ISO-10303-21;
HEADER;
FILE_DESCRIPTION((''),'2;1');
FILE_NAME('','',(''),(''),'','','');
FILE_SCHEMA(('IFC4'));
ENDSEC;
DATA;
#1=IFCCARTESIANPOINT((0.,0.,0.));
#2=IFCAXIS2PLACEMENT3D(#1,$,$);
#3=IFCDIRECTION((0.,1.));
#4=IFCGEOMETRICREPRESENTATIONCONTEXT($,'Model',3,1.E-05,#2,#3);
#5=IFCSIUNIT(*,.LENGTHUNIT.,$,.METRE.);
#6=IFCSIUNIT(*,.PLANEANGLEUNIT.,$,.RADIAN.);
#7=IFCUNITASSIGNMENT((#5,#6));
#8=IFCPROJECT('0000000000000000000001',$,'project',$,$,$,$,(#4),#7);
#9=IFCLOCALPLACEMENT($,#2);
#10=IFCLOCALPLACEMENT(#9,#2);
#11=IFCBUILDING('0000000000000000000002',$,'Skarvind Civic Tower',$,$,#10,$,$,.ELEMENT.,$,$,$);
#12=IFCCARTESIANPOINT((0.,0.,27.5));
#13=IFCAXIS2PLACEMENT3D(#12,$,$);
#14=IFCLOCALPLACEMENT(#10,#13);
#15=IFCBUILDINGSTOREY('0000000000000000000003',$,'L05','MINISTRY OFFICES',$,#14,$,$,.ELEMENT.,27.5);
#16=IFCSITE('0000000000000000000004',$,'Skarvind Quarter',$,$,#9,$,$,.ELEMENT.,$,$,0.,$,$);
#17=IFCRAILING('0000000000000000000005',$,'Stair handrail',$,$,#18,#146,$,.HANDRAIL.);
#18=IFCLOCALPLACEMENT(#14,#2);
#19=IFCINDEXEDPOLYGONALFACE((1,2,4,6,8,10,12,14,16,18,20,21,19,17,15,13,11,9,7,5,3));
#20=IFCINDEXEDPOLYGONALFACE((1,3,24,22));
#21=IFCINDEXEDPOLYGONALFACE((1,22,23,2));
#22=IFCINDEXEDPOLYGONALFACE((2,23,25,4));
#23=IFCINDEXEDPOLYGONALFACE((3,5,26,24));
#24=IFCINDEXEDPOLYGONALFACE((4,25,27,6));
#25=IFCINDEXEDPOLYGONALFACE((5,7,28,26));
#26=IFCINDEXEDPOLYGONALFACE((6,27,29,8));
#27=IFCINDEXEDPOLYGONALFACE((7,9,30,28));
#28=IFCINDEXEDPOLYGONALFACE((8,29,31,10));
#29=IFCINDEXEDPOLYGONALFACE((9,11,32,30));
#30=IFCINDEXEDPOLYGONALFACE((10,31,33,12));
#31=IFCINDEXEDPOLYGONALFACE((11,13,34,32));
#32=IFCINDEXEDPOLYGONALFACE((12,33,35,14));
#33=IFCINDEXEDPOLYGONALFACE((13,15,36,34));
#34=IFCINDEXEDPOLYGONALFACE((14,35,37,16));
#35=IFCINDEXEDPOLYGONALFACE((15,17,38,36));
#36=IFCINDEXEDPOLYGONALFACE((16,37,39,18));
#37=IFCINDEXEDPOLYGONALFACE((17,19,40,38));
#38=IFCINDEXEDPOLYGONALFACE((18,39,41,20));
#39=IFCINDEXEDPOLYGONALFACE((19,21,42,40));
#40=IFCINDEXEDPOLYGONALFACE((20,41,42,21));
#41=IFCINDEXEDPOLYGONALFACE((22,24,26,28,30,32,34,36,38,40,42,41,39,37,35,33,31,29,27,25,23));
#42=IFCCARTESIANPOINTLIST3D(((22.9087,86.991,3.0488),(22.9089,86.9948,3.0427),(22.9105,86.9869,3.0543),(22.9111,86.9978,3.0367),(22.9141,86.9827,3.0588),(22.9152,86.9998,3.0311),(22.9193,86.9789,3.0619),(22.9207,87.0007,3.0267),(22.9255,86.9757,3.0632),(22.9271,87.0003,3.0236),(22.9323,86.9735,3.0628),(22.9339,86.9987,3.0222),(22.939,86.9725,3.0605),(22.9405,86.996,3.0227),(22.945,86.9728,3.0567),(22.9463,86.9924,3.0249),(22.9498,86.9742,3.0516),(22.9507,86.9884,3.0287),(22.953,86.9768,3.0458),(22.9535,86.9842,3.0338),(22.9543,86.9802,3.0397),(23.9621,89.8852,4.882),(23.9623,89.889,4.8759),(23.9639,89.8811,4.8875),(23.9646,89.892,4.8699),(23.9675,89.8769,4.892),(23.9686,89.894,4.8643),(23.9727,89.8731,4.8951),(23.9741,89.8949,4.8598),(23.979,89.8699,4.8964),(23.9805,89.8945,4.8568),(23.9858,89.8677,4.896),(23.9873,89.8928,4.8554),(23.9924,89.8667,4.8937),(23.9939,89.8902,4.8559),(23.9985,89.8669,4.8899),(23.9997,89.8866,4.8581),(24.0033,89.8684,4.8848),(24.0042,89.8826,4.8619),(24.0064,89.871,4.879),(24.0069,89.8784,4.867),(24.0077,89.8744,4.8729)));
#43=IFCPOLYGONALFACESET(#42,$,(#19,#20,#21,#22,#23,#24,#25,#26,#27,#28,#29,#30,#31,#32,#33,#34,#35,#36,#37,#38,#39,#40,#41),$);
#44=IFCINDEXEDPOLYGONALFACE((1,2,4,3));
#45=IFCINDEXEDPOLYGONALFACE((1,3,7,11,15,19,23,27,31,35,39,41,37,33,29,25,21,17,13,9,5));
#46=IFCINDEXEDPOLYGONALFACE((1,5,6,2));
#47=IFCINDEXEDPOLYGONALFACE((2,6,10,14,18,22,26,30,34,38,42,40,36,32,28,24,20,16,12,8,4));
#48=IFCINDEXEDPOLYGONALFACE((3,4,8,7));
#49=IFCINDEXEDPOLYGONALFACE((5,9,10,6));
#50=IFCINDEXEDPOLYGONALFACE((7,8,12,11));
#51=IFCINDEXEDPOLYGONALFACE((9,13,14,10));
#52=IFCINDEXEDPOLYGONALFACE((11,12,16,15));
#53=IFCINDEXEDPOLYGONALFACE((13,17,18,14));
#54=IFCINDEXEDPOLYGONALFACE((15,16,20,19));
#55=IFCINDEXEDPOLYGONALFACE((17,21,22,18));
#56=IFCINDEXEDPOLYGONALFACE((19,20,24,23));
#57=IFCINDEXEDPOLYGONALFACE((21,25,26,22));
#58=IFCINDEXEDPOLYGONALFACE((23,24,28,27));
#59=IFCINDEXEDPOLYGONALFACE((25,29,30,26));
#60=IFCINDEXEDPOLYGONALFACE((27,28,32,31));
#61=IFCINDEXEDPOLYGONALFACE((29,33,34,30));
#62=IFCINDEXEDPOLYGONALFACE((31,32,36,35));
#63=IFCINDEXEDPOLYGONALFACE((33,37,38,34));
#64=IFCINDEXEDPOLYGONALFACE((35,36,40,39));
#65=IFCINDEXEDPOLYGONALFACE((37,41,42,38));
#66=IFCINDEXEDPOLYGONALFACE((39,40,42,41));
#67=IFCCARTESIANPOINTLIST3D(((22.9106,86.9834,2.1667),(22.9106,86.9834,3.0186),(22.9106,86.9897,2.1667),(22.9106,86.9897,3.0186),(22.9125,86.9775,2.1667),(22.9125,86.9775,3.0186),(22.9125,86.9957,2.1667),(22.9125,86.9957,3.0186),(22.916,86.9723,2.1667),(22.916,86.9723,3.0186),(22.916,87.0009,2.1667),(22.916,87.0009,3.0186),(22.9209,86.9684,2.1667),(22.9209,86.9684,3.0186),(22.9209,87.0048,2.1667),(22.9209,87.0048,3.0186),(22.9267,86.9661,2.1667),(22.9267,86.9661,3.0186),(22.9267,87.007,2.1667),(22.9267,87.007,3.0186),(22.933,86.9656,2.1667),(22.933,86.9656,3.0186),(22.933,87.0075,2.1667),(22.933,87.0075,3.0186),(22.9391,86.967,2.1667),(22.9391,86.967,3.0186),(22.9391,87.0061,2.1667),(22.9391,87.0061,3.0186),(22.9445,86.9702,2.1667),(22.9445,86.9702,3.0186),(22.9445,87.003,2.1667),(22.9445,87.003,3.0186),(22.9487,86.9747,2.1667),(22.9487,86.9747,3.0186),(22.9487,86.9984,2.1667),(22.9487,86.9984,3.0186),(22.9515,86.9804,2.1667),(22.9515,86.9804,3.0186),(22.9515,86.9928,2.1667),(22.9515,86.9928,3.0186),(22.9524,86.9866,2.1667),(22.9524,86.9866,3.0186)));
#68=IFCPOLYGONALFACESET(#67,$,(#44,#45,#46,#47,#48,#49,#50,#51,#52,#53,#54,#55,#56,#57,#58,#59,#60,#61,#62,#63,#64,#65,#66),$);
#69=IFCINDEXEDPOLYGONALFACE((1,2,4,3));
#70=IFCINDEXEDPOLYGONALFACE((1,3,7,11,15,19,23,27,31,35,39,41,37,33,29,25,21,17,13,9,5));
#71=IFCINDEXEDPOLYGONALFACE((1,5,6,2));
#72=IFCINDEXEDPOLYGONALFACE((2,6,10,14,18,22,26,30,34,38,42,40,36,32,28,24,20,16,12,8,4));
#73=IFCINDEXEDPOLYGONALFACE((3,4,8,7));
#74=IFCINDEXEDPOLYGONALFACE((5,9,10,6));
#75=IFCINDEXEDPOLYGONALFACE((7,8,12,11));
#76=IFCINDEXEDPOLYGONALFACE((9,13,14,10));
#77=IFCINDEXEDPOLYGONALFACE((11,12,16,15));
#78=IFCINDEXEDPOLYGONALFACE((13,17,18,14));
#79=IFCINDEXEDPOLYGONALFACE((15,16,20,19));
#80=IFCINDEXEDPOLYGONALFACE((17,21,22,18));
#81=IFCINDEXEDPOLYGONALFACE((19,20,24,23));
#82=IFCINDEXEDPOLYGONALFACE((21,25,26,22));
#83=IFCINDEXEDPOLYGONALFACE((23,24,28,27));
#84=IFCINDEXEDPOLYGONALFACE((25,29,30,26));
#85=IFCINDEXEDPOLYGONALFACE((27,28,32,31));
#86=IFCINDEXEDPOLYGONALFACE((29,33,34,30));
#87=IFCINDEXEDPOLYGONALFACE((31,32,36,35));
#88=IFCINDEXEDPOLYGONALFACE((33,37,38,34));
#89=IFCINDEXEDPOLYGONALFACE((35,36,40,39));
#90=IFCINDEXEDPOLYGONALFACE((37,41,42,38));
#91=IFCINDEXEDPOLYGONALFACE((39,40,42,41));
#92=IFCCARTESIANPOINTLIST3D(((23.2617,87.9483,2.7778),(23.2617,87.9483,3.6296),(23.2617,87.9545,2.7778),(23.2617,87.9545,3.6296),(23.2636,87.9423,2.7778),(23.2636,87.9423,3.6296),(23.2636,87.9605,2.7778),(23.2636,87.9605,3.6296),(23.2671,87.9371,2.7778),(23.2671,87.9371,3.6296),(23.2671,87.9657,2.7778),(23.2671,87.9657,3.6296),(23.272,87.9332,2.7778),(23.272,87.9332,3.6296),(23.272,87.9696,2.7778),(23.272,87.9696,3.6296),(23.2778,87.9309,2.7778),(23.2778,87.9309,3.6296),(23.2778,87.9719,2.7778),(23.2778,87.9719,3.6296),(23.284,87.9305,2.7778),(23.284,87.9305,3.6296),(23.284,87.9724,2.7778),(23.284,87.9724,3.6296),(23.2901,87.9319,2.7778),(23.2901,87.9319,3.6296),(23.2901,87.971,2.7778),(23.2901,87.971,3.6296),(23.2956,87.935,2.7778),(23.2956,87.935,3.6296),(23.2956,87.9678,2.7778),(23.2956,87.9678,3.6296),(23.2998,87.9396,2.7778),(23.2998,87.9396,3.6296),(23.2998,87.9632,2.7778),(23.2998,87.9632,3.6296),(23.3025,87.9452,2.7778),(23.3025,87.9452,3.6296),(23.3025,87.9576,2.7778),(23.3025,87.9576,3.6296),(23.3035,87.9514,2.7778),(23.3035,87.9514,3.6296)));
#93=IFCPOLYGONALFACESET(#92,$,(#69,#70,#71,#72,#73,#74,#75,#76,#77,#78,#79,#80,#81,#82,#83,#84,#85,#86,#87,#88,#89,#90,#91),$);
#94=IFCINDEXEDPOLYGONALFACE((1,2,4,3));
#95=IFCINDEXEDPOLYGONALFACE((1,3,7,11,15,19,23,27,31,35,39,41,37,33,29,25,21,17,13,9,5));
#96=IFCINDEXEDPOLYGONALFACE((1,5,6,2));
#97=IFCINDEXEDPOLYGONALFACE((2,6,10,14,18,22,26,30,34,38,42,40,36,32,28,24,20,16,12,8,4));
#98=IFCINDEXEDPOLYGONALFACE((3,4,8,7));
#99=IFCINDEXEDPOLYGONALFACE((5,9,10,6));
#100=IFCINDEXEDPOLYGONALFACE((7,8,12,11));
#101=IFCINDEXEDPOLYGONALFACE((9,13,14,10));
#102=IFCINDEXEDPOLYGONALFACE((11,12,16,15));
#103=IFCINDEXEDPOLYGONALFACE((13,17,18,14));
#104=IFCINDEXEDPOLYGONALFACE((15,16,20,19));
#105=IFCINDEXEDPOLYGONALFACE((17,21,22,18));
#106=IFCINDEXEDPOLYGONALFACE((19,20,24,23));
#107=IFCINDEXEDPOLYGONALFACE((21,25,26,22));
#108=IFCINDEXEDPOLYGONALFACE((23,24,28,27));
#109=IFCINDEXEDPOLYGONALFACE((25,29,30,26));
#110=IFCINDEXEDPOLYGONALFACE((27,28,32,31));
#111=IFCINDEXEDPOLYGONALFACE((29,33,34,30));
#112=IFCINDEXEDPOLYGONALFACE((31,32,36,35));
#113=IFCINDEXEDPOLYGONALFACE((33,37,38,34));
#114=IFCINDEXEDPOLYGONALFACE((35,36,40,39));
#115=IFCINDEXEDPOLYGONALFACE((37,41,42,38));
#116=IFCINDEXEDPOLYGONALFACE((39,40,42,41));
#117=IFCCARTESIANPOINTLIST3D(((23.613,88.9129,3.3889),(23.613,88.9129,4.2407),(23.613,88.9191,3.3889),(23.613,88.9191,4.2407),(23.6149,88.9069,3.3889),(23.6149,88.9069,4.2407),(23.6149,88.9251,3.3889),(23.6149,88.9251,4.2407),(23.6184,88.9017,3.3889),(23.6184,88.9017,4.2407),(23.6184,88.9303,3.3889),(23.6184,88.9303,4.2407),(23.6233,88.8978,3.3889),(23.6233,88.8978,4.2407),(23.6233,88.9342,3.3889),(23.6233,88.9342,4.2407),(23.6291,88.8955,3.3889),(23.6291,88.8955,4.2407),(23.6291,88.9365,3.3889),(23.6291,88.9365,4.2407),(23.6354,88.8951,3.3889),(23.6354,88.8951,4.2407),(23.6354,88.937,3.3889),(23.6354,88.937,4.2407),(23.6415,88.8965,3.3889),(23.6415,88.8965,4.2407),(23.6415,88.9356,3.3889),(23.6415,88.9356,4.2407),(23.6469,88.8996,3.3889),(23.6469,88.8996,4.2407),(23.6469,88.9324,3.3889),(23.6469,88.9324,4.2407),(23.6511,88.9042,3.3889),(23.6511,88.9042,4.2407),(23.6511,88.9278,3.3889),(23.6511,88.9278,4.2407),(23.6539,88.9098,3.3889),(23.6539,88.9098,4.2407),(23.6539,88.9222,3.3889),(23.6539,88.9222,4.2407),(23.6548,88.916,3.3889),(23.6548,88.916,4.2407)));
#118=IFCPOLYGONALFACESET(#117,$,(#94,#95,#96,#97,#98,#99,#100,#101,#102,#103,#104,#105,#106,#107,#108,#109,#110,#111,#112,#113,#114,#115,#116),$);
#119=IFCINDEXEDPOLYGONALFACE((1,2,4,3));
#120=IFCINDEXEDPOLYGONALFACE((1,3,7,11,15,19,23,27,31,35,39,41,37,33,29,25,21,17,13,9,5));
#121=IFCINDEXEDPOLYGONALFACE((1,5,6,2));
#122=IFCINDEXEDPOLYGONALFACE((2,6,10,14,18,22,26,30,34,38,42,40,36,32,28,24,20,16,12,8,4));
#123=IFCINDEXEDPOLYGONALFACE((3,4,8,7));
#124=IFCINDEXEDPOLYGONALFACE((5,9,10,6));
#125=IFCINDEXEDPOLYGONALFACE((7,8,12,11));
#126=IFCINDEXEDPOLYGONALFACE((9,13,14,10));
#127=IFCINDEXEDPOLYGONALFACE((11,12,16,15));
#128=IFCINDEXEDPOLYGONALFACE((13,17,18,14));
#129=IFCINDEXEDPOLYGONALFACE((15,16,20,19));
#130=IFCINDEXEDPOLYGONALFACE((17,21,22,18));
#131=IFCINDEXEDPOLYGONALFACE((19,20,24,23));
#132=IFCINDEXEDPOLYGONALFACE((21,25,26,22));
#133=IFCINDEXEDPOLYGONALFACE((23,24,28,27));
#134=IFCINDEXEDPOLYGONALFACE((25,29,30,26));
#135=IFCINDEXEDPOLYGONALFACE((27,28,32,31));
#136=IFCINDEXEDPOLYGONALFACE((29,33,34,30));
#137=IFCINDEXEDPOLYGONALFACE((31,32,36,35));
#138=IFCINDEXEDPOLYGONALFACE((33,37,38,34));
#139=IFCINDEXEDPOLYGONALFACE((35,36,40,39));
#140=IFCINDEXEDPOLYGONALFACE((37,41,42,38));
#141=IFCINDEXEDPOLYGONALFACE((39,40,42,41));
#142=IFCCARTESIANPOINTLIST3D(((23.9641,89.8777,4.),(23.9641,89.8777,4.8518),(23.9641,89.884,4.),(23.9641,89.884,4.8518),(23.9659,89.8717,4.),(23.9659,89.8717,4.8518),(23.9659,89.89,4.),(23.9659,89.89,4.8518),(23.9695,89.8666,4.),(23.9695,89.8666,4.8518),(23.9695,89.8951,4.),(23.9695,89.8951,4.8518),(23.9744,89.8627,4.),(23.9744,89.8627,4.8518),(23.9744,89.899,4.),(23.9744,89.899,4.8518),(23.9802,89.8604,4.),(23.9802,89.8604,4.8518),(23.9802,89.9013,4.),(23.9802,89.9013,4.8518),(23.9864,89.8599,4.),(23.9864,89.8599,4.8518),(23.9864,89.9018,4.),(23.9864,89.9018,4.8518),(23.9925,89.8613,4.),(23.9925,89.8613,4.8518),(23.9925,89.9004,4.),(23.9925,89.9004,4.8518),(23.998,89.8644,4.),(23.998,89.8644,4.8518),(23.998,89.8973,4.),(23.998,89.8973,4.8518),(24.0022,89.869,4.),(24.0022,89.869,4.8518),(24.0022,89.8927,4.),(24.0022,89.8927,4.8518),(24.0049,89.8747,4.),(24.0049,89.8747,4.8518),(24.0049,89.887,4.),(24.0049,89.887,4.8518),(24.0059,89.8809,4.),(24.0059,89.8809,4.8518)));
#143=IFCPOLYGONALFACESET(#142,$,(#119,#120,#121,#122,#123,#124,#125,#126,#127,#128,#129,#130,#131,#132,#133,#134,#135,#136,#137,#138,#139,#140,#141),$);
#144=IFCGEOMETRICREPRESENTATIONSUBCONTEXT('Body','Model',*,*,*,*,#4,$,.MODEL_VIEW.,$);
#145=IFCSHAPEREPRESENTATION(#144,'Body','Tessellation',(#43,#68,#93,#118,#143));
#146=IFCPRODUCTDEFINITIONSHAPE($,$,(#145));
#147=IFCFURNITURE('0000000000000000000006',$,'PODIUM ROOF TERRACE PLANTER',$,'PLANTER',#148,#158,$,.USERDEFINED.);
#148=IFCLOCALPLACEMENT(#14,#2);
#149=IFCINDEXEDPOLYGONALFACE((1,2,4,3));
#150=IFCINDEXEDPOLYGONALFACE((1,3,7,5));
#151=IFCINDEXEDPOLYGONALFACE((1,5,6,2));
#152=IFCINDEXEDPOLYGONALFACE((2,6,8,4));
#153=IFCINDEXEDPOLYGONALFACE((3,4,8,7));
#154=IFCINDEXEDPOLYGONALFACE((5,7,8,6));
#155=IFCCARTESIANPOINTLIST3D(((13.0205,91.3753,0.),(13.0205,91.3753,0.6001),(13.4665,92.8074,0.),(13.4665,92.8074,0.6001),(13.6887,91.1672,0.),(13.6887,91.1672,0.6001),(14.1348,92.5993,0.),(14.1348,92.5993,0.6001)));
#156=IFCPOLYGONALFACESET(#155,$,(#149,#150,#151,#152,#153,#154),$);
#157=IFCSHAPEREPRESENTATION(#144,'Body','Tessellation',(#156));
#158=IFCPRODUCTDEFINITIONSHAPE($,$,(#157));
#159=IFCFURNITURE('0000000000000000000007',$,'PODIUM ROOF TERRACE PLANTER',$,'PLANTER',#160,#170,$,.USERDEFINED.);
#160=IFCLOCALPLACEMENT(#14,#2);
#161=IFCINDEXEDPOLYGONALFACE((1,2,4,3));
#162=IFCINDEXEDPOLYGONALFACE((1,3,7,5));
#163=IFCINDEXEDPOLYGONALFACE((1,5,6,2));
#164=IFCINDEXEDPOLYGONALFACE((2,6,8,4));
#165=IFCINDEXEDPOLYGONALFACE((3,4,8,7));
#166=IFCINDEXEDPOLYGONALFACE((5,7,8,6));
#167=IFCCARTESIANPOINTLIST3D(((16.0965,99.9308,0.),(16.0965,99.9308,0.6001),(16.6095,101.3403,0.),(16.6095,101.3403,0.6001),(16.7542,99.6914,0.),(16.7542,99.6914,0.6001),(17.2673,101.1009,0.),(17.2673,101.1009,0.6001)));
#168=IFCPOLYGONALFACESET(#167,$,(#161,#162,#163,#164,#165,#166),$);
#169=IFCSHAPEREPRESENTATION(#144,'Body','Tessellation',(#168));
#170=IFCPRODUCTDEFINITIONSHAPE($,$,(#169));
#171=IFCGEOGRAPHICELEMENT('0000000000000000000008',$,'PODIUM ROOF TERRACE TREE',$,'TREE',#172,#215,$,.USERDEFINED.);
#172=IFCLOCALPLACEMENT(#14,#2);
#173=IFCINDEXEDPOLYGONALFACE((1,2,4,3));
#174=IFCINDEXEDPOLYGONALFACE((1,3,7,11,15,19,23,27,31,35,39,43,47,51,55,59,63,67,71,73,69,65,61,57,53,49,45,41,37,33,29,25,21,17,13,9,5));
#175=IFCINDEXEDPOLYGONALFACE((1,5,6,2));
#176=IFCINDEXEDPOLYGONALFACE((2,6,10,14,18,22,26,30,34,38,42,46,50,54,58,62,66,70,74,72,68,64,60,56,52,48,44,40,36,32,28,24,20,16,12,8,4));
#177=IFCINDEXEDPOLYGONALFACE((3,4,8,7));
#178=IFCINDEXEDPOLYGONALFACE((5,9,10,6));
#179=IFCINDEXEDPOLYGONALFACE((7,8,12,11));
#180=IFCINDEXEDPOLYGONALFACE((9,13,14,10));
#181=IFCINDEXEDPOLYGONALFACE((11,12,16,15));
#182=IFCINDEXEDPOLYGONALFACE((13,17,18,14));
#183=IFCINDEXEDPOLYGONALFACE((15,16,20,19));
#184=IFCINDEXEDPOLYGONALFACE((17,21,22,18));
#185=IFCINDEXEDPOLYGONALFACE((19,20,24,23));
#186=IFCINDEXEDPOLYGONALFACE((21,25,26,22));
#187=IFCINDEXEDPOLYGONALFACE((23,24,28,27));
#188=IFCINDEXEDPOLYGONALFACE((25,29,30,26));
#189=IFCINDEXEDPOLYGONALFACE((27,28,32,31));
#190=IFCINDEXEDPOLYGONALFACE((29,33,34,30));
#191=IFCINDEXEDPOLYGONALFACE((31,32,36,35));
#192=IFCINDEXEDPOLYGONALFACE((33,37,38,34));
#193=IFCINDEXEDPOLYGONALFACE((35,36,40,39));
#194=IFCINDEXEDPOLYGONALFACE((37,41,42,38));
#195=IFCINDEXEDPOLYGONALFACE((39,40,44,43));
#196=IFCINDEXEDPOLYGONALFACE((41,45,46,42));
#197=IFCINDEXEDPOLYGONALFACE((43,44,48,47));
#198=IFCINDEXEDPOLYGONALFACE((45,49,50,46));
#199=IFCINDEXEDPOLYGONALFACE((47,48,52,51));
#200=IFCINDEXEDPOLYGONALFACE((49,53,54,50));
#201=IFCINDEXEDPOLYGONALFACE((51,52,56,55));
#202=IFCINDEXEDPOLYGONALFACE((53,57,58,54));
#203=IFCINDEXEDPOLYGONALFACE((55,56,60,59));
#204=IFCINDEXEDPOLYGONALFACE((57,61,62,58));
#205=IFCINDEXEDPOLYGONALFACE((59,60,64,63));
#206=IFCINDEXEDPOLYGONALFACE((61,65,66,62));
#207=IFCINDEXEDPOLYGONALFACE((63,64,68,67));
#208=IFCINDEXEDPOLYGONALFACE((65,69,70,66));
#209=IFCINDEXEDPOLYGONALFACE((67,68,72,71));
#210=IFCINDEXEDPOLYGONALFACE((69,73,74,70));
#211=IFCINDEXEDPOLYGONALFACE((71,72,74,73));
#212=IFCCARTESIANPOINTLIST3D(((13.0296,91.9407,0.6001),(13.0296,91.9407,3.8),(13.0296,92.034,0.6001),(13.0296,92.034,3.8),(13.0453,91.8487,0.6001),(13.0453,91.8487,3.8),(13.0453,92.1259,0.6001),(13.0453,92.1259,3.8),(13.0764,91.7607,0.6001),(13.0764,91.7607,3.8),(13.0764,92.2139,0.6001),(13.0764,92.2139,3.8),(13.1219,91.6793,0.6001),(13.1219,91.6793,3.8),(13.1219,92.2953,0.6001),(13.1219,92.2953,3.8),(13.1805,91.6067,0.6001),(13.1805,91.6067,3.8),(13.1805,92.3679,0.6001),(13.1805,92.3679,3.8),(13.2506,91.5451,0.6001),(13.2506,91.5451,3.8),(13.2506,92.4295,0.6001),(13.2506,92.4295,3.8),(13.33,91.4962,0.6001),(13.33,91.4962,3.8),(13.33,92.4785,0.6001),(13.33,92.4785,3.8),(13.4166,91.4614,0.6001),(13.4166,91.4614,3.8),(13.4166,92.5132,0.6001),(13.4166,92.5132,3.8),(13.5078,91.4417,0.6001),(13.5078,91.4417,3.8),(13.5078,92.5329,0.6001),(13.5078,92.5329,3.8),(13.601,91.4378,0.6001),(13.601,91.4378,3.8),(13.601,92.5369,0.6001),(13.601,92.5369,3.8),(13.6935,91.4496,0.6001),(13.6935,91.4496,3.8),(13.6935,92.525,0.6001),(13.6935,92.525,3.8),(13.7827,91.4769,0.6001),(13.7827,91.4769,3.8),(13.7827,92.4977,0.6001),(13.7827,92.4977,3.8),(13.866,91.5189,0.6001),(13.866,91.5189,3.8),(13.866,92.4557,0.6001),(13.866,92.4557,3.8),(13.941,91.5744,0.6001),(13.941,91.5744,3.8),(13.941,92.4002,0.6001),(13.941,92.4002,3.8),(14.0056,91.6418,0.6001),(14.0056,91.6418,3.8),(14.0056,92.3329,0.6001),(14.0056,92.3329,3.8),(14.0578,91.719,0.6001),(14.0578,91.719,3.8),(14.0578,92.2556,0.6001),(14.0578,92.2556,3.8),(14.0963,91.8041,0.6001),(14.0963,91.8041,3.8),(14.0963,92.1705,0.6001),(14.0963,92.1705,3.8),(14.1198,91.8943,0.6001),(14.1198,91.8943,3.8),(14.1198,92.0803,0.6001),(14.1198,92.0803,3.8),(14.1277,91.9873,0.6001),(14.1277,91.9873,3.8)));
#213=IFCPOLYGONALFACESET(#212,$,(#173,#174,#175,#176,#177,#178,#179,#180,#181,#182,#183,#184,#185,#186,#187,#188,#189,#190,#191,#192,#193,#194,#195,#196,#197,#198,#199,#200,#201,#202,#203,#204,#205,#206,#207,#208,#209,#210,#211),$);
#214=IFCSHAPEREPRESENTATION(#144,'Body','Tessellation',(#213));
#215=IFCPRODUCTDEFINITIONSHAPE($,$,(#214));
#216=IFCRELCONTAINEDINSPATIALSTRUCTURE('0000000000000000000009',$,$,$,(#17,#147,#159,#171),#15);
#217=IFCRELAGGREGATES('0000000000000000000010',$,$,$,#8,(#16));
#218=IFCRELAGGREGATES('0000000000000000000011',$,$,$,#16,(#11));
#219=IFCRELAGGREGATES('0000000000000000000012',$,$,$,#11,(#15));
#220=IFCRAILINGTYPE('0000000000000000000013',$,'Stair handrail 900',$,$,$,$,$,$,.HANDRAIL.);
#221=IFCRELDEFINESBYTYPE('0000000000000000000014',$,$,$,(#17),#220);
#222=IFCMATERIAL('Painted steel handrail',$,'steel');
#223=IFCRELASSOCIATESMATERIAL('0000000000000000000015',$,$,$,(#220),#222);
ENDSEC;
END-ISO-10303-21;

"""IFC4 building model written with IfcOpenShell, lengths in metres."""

from ifc_helpers import new_model, si_unit, direction, frame, origin, origin_2d, place, context, subcontext, project, spatial, rectangle, circle, extrude, material, type_object, element, save


model = new_model("IFC4")

# Units and contexts
model_context = context("Model", 3, precision=1e-05, world=origin(), true_north=direction((0.0, 1.0)))
body_context = subcontext(model_context, "Body", "Model", "MODEL_VIEW")
ifc_project = project(units=[si_unit("LENGTHUNIT", "METRE"), si_unit("PLANEANGLEUNIT", "RADIAN")], contexts=[model_context])

# Site, building, storey
site_placement = place(None, origin())
site = spatial("IfcSite", under=ifc_project, at=site_placement, Name="Skarvind Quarter", CompositionType="ELEMENT", RefElevation=0.0)
building_placement = place(site_placement, origin())
building = spatial("IfcBuilding", under=site, at=building_placement, Name="Skarvind Civic Tower", CompositionType="ELEMENT")
storey_placement = place(building_placement, frame((0.0, 0.0, 27.5)))
storey = spatial("IfcBuildingStorey", under=building, at=storey_placement, Name="L05", Description="MINISTRY OFFICES", CompositionType="ELEMENT", Elevation=27.5)

# Railing
ifc_material_1 = material(Name="Painted steel handrail", Category="steel")
railing_type = type_object("IfcRailingType", Name="Stair handrail 900", PredefinedType="HANDRAIL", material=ifc_material_1)
railing_1_placement = place(storey_placement, frame((22.9314, 86.9866, 2.1667)))
element("IfcRailing", 1, at=railing_1_placement, inside=storey, type_object=railing_type, Name="Stair handrail", PredefinedType="HANDRAIL", context=body_context, shape_type="SweptSolid", body=[
    extrude(circle(Radius=0.0239, at=origin_2d()), frame((0.0, 0.0, 0.876), z_axis=(0.293908, 0.807481, 0.511461), x_axis=(-0.939689, 0.342029, 0.0)), (0.0, 0.0, 1.0), 3.5842),
    extrude(circle(Radius=0.021, at=origin_2d()), origin(), (0.0, 0.0, 1.0), 0.8518),
    extrude(circle(Radius=0.021, at=origin_2d()), frame((0.3511, 0.9648, 0.6111)), (0.0, 0.0, 1.0), 0.8518),
    extrude(circle(Radius=0.021, at=origin_2d()), frame((0.7024, 1.9294, 1.2222)), (0.0, 0.0, 1.0), 0.8518),
    extrude(circle(Radius=0.021, at=origin_2d()), frame((1.0535, 2.8943, 1.8333)), (0.0, 0.0, 1.0), 0.8518),
])

# Furniture
for number, where, z_axis, x_axis, name in (
    (2, (13.5776, 91.9873, 0.0), (0.0, 0.0, 1.0), (0.297375, 0.954761, 0.0), "PODIUM ROOF TERRACE PLANTER"),
    (3, (16.6819, 100.5159, 0.0), (0.0, 0.0, 1.0), (0.34202, 0.939693, 0.0), "PODIUM ROOF TERRACE PLANTER"),
):
    element("IfcFurniture", number, at=place(storey_placement, frame(where, z_axis=z_axis, x_axis=x_axis)), inside=storey, Name=name, ObjectType="PLANTER", PredefinedType="USERDEFINED", context=body_context, shape_type="SweptSolid", body=[
        extrude(rectangle(XDim=1.5, YDim=0.7, at=origin_2d()), origin(), (0.0, 0.0, 1.0), 0.6001),
    ])

# Geographic element
for number, where, z_axis, x_axis, name in (
    (4, (13.5776, 91.9873, 0.6001), (0.0, 0.0, 1.0), (1.0, 0.0, 0.0), "PODIUM ROOF TERRACE TREE"),
):
    element("IfcGeographicElement", number, at=place(storey_placement, frame(where, z_axis=z_axis, x_axis=x_axis)), inside=storey, Name=name, ObjectType="TREE", PredefinedType="USERDEFINED", context=body_context, shape_type="SweptSolid", body=[
        extrude(circle(Radius=0.55, at=origin_2d()), origin(), (0.0, 0.0, 1.0), 3.2),
    ])

save(model, "model.ifc")
